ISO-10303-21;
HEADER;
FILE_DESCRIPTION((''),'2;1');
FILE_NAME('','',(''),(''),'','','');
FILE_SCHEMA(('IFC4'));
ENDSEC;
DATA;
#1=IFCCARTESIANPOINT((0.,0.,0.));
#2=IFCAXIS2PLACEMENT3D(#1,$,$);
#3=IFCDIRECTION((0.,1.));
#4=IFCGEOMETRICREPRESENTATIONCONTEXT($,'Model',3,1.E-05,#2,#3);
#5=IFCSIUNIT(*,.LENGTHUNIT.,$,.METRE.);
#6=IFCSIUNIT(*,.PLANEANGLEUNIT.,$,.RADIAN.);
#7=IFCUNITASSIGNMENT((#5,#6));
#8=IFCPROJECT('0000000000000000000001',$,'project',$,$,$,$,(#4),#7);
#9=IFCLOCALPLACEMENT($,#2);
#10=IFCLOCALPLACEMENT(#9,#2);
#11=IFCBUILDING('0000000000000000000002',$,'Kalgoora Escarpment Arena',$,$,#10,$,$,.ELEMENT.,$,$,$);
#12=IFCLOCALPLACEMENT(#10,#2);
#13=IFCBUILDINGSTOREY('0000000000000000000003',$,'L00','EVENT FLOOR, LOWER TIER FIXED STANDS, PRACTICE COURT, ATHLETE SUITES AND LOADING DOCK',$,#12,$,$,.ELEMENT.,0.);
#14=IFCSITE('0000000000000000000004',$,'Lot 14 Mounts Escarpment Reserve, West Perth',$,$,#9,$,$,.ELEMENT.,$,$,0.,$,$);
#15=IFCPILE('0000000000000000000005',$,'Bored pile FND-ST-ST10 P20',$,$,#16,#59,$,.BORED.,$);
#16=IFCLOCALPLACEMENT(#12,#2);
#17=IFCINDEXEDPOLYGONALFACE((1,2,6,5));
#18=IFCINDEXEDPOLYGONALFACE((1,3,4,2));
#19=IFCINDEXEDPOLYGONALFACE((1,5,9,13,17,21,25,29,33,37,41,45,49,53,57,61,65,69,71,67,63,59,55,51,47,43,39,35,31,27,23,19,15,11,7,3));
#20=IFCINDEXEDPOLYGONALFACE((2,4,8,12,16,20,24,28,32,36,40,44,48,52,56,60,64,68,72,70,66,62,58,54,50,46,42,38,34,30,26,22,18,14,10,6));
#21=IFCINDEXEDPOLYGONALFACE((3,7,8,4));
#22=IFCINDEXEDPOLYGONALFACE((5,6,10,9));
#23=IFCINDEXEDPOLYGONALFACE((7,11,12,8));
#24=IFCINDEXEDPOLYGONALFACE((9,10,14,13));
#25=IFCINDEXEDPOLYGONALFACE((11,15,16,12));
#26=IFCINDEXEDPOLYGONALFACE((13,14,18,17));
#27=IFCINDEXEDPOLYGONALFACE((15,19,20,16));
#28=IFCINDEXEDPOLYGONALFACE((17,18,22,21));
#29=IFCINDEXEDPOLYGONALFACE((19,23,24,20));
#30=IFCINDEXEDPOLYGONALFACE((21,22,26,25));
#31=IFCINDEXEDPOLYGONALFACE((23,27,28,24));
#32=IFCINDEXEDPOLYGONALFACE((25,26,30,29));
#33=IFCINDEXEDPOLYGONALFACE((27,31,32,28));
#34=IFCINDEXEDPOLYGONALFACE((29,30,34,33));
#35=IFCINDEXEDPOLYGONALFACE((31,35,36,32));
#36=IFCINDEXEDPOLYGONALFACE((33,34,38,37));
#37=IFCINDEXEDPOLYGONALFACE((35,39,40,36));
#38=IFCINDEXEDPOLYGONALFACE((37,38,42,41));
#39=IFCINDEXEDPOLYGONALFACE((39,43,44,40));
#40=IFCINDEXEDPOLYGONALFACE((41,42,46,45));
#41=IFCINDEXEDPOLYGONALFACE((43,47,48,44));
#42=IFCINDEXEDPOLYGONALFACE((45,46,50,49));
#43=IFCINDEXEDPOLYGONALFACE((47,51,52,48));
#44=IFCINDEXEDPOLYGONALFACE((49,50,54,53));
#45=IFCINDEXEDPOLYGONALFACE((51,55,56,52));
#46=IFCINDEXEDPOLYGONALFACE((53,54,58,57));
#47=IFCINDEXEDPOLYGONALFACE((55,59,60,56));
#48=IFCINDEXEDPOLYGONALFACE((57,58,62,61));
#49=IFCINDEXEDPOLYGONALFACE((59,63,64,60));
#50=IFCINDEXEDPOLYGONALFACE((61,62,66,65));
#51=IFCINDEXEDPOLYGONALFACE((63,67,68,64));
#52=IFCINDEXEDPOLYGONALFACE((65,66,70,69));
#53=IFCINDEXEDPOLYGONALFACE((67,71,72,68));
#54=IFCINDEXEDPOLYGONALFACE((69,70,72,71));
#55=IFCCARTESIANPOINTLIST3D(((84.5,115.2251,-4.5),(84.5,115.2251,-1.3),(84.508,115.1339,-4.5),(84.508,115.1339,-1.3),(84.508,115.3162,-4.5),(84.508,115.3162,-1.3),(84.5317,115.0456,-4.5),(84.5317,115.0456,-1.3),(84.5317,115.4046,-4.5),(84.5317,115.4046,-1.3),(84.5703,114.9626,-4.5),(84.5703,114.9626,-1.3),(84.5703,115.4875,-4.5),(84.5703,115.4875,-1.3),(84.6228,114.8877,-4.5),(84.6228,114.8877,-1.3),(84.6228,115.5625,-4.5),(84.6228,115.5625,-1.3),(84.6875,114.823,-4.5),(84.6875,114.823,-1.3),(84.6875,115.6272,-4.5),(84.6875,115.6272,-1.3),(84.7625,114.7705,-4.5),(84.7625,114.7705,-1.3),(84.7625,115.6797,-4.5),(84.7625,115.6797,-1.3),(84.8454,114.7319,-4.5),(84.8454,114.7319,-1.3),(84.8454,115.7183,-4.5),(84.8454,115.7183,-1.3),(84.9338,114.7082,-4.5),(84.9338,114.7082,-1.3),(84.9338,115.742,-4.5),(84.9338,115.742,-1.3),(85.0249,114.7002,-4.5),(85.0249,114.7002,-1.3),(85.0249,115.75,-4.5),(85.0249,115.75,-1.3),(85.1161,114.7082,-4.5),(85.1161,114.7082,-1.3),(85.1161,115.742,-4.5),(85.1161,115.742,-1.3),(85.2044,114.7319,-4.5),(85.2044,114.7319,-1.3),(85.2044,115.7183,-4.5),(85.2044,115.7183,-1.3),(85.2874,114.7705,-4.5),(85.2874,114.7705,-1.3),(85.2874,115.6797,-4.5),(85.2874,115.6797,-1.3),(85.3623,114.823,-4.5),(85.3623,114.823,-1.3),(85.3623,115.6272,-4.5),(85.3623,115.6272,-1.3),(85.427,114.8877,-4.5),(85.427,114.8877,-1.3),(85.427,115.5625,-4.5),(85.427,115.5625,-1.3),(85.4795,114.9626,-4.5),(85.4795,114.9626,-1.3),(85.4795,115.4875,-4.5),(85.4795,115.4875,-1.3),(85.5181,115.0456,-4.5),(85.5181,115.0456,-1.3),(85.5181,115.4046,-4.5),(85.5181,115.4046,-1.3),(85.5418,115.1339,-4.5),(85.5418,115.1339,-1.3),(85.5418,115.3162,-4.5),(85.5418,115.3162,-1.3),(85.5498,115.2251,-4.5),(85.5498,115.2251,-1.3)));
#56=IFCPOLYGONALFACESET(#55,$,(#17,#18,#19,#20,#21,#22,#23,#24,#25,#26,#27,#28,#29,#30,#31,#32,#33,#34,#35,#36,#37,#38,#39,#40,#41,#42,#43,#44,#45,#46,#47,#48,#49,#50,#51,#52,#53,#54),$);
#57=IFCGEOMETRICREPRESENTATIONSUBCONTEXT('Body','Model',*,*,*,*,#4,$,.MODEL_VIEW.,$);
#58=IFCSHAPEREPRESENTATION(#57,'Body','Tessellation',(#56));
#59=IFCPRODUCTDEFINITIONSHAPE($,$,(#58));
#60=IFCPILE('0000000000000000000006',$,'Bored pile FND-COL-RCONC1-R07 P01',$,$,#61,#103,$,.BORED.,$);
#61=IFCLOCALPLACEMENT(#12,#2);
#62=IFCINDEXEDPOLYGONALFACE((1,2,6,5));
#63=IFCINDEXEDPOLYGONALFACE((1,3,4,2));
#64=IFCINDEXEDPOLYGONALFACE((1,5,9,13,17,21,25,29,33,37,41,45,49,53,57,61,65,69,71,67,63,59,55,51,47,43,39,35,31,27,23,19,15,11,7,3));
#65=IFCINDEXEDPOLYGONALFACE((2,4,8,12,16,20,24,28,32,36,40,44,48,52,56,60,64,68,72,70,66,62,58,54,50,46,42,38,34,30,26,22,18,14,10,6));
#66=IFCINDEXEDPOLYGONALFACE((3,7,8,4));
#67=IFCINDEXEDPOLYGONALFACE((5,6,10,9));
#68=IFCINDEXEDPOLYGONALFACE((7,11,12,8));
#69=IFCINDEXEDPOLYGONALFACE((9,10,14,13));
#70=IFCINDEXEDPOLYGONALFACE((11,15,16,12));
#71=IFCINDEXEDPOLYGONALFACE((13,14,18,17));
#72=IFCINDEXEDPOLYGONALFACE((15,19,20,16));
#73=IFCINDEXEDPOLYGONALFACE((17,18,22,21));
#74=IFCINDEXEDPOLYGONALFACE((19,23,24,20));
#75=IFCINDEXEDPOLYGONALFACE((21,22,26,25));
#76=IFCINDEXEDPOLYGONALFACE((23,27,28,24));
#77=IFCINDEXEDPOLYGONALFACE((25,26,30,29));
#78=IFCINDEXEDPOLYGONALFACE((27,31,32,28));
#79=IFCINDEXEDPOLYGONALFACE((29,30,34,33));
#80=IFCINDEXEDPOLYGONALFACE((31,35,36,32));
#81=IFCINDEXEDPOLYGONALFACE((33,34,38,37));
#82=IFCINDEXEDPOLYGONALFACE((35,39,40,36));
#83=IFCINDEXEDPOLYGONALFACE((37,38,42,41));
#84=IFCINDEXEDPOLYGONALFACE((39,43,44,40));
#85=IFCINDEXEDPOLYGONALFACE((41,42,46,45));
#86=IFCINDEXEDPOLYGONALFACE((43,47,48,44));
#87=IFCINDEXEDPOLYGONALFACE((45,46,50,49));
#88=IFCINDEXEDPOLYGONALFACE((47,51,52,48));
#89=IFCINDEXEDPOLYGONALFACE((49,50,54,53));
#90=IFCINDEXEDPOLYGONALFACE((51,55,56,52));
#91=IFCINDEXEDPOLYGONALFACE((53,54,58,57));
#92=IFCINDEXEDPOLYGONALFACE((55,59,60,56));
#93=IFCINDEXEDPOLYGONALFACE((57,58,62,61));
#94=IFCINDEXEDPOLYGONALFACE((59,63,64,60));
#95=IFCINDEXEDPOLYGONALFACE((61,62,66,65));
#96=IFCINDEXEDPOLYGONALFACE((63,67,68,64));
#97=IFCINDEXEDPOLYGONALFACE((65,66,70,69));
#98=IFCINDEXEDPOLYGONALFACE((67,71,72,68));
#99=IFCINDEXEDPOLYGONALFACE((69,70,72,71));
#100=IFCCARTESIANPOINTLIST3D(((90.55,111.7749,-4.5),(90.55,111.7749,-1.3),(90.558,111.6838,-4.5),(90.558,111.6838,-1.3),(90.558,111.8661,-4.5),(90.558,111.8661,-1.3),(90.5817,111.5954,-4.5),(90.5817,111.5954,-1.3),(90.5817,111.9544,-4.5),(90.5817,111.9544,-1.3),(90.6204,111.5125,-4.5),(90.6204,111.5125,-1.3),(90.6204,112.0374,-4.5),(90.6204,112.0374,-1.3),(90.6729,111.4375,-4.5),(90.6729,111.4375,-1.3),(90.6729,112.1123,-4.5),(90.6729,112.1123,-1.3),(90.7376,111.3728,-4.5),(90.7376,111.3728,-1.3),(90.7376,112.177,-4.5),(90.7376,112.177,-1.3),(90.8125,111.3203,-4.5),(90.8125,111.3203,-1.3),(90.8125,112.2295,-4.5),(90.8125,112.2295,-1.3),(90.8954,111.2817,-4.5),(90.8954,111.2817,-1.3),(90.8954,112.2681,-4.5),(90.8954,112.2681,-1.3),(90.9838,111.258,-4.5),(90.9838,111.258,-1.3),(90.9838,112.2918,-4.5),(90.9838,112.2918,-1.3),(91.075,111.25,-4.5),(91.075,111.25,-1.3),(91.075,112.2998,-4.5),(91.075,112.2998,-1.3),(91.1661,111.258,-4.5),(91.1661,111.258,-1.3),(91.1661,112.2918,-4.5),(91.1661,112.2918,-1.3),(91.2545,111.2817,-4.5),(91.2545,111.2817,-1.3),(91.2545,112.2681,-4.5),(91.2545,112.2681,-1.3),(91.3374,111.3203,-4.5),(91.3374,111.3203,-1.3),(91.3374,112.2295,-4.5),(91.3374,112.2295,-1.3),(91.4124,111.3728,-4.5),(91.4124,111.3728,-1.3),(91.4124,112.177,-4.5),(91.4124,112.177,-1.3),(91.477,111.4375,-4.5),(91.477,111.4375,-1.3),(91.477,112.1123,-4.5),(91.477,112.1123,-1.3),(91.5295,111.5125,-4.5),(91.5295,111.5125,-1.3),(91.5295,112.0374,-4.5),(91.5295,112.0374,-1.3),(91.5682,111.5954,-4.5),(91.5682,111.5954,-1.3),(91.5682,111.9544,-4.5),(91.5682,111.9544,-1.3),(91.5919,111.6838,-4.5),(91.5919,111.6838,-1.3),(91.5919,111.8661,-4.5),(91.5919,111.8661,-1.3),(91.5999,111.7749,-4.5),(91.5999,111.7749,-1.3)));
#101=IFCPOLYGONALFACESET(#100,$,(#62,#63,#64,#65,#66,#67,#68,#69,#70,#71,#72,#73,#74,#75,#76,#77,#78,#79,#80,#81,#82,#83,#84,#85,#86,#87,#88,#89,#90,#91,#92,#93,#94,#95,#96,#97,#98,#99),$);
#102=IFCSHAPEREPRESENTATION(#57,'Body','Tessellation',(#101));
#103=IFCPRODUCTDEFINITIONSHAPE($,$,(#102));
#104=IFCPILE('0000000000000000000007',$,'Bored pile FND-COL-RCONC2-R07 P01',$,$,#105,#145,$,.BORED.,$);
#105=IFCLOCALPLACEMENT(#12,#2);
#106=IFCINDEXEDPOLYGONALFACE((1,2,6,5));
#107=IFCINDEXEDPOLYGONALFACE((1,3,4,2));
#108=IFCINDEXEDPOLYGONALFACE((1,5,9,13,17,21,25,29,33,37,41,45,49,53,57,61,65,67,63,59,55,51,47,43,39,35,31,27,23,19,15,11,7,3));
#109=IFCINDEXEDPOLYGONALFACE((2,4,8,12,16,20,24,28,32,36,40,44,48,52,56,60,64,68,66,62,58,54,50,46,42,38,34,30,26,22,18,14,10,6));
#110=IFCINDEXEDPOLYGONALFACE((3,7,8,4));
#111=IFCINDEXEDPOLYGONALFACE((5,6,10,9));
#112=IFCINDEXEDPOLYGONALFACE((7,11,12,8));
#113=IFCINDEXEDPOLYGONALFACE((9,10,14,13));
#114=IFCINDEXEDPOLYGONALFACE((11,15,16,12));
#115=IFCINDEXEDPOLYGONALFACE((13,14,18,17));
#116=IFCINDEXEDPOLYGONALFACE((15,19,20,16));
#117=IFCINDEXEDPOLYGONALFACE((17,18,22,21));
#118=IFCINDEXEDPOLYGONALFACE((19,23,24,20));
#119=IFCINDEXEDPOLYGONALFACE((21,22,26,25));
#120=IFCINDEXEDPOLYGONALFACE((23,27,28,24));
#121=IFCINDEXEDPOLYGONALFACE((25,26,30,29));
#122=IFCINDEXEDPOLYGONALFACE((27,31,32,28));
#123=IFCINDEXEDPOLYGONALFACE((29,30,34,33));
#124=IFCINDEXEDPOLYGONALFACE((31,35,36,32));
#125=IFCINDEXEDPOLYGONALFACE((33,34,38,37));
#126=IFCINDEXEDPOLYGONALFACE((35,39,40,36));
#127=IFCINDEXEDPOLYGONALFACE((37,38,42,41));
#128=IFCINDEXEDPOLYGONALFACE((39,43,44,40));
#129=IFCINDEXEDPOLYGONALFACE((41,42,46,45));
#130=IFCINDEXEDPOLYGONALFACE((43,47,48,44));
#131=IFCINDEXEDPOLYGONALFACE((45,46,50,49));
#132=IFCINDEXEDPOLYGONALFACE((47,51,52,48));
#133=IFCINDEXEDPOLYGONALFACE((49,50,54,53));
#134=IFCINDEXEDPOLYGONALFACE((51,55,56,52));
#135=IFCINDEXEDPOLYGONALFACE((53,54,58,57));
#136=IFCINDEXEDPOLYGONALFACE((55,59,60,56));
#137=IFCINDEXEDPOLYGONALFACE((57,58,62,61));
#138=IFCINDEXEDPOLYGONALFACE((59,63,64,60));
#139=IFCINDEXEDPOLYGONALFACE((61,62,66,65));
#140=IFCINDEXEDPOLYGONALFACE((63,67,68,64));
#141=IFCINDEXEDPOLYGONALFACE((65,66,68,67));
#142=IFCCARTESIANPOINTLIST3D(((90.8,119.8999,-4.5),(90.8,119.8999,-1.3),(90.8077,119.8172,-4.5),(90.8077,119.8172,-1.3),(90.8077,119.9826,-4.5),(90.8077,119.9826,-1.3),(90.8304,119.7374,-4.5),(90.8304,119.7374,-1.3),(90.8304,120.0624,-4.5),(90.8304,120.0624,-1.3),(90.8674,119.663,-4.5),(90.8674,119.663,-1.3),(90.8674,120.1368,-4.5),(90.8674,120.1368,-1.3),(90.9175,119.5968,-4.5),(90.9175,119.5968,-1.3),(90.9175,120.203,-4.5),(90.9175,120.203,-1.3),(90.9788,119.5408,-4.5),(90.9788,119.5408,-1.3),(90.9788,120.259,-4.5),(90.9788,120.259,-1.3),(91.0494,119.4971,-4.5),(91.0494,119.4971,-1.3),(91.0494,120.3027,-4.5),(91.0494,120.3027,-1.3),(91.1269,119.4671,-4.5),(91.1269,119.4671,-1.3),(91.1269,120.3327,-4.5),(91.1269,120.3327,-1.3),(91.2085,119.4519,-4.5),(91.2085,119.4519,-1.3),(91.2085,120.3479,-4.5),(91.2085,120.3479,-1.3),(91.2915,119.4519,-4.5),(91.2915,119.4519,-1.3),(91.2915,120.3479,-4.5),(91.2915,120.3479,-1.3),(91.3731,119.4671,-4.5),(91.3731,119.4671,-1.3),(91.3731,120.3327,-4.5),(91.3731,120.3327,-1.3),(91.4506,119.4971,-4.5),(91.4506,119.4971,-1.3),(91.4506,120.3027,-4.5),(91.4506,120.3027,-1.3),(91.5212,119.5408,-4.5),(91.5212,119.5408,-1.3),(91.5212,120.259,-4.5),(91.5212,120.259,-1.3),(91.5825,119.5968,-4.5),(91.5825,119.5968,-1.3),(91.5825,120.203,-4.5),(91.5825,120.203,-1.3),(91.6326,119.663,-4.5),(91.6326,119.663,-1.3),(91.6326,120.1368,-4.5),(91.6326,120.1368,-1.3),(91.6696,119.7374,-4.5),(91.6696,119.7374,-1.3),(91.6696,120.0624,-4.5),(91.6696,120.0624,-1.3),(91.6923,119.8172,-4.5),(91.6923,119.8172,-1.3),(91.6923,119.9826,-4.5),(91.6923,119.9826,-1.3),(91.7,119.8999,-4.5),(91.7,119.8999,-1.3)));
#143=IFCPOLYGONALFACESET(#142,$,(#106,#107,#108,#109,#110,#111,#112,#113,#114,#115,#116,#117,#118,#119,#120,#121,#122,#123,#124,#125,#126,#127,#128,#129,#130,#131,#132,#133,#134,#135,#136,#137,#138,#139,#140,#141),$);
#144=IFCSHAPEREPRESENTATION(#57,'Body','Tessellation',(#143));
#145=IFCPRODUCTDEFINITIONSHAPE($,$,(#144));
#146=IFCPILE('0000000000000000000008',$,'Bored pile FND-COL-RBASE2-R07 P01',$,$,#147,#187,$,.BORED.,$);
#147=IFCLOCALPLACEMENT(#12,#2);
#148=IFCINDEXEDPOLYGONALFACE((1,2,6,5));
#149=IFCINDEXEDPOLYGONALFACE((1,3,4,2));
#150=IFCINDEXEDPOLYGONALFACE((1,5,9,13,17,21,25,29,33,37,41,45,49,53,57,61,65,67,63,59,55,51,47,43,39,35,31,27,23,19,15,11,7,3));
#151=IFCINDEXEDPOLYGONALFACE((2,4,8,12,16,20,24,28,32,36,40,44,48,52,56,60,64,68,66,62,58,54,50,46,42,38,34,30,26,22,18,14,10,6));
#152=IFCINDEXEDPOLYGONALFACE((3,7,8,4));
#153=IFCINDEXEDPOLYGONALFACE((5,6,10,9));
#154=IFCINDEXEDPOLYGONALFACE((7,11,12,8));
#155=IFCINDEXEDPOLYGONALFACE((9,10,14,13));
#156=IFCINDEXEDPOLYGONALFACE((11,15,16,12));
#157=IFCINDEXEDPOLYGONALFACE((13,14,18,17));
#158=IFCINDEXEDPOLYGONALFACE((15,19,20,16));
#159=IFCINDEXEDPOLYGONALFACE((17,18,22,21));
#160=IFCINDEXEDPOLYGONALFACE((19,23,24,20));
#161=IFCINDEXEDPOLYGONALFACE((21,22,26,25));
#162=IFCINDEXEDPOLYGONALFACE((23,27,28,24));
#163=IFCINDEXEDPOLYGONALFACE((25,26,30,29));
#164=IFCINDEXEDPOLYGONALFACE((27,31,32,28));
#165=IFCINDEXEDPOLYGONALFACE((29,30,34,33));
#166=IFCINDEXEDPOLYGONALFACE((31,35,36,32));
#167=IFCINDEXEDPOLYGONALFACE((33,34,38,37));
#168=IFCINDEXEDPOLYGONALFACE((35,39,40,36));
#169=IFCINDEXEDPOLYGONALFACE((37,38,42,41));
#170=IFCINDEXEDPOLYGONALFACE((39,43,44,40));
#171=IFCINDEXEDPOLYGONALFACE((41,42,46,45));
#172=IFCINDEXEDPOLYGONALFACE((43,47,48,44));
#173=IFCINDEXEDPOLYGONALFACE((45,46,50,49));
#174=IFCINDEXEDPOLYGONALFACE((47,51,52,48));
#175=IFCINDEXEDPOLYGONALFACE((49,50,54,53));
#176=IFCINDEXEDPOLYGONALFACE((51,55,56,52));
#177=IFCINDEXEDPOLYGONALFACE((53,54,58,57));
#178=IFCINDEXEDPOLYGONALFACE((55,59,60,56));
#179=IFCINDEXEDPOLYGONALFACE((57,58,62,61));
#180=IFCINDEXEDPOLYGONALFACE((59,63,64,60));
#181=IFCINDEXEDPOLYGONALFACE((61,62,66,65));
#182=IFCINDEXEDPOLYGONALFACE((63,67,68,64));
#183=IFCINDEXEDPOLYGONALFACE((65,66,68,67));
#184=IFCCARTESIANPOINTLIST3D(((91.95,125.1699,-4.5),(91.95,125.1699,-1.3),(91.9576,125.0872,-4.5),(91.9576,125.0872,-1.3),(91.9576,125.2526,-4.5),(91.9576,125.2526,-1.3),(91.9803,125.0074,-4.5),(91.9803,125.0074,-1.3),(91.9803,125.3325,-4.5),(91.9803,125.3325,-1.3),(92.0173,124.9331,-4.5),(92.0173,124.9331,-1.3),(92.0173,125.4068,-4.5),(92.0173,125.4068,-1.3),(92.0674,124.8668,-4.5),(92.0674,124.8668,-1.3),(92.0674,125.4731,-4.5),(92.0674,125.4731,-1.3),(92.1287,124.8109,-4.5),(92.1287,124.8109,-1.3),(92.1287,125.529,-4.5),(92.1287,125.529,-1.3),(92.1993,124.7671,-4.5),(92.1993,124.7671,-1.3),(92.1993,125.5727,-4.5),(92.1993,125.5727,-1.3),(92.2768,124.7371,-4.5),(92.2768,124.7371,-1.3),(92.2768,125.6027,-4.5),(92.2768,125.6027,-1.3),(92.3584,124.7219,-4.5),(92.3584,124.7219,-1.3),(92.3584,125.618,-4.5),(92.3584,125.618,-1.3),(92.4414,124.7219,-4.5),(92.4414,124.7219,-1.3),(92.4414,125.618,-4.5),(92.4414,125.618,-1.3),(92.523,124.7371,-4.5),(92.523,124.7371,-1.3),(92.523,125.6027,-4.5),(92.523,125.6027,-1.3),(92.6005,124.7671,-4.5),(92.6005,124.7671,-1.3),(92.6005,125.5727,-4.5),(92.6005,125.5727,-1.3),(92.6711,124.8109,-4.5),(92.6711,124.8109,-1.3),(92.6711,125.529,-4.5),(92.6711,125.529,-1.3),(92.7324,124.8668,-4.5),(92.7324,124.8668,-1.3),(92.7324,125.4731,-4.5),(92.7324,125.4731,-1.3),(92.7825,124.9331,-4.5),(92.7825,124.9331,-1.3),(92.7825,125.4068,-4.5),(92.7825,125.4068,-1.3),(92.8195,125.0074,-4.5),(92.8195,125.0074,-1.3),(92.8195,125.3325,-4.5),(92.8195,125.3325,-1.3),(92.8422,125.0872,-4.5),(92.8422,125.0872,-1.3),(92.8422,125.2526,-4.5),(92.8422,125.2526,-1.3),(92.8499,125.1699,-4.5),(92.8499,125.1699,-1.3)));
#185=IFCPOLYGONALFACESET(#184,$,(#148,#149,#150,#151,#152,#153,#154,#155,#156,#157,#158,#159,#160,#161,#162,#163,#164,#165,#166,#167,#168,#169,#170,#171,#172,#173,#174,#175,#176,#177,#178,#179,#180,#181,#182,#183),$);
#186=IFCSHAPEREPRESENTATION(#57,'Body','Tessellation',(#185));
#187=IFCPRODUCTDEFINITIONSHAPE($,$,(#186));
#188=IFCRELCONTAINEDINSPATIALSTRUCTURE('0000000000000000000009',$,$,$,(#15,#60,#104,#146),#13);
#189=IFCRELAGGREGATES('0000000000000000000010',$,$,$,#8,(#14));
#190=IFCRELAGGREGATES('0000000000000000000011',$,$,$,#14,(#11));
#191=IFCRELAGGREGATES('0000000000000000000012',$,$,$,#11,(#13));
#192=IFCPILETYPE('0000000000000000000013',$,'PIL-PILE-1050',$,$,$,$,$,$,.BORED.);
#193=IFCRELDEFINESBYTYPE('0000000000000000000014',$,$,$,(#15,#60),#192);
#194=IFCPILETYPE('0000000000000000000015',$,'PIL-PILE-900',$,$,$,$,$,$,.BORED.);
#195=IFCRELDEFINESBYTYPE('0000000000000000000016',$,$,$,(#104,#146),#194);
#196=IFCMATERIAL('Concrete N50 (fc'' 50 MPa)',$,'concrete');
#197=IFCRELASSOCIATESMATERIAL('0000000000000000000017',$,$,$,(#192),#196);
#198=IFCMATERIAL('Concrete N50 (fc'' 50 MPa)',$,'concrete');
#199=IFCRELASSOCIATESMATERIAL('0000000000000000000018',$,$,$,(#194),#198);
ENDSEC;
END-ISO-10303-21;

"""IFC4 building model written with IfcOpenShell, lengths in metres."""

from ifc_helpers import new_model, si_unit, direction, frame, origin, origin_2d, place, context, subcontext, project, spatial, circle, extrude, material, material_profile, profile_set, type_object, element, save


model = new_model("IFC4")

# Units and contexts
model_context = context("Model", 3, precision=1e-05, world=origin(), true_north=direction((0.0, 1.0)))
body_context = subcontext(model_context, "Body", "Model", "MODEL_VIEW")
ifc_project = project(units=[si_unit("LENGTHUNIT", "METRE"), si_unit("PLANEANGLEUNIT", "RADIAN")], contexts=[model_context])

# Site, building, storey
site_placement = place(None, origin())
site = spatial("IfcSite", under=ifc_project, at=site_placement, Name="Lot 14 Mounts Escarpment Reserve, West Perth", CompositionType="ELEMENT", RefElevation=0.0)
building_placement = place(site_placement, origin())
building = spatial("IfcBuilding", under=site, at=building_placement, Name="Kalgoora Escarpment Arena", CompositionType="ELEMENT")
storey_placement = place(building_placement, origin())
storey = spatial("IfcBuildingStorey", under=building, at=storey_placement, Name="L00", Description="EVENT FLOOR, LOWER TIER FIXED STANDS, PRACTICE COURT, ATHLETE SUITES AND LOADING DOCK", CompositionType="ELEMENT", Elevation=0.0)

# Piles
ifc_material_1 = material(Name="Concrete N50 (fc' 50 MPa)", Category="concrete")
ifc_material_profile_1 = material_profile(ifc_material_1, circle(Radius=0.5249, at=origin_2d()))
ifc_profile_set_1 = profile_set([ifc_material_profile_1], Name="Concrete N50 (fc' 50 MPa)")
pile_type_1 = type_object("IfcPileType", Name="PIL-PILE-1050", PredefinedType="BORED", material=ifc_profile_set_1)
for number, where, z_axis, x_axis, name in (
    (1, (85.0249, 115.2251, -1.3), (0.0, 0.0, -1.0), (1.0, 0.0, 0.0), "Bored pile FND-ST-ST10 P20"),
    (2, (91.075, 111.7749, -1.3), (0.0, 0.0, -1.0), (1.0, 0.0, 0.0), "Bored pile FND-COL-RCONC1-R07 P01"),
):
    element("IfcPile", number, at=place(storey_placement, frame(where, z_axis=z_axis, x_axis=x_axis)), inside=storey, type_object=pile_type_1, Name=name, PredefinedType="BORED", context=body_context, shape_type="SweptSolid", body=[
        extrude(circle(Radius=0.5249, at=origin_2d()), origin(), (0.0, 0.0, 1.0), 3.2),
    ])
ifc_material_2 = material(Name="Concrete N50 (fc' 50 MPa)", Category="concrete")
ifc_material_profile_2 = material_profile(ifc_material_2, circle(Radius=0.45, at=origin_2d()))
ifc_profile_set_2 = profile_set([ifc_material_profile_2], Name="Concrete N50 (fc' 50 MPa)")
pile_type_2 = type_object("IfcPileType", Name="PIL-PILE-900", PredefinedType="BORED", material=ifc_profile_set_2)
for number, where, z_axis, x_axis, name in (
    (3, (91.25, 119.8999, -1.3), (0.0, 0.0, -1.0), (1.0, 0.0, 0.0), "Bored pile FND-COL-RCONC2-R07 P01"),
    (4, (92.3999, 125.1699, -1.3), (0.0, 0.0, -1.0), (1.0, 0.0, 0.0), "Bored pile FND-COL-RBASE2-R07 P01"),
):
    element("IfcPile", number, at=place(storey_placement, frame(where, z_axis=z_axis, x_axis=x_axis)), inside=storey, type_object=pile_type_2, Name=name, PredefinedType="BORED", context=body_context, shape_type="SweptSolid", body=[
        extrude(circle(Radius=0.45, at=origin_2d()), origin(), (0.0, 0.0, 1.0), 3.2),
    ])

save(model, "model.ifc")
